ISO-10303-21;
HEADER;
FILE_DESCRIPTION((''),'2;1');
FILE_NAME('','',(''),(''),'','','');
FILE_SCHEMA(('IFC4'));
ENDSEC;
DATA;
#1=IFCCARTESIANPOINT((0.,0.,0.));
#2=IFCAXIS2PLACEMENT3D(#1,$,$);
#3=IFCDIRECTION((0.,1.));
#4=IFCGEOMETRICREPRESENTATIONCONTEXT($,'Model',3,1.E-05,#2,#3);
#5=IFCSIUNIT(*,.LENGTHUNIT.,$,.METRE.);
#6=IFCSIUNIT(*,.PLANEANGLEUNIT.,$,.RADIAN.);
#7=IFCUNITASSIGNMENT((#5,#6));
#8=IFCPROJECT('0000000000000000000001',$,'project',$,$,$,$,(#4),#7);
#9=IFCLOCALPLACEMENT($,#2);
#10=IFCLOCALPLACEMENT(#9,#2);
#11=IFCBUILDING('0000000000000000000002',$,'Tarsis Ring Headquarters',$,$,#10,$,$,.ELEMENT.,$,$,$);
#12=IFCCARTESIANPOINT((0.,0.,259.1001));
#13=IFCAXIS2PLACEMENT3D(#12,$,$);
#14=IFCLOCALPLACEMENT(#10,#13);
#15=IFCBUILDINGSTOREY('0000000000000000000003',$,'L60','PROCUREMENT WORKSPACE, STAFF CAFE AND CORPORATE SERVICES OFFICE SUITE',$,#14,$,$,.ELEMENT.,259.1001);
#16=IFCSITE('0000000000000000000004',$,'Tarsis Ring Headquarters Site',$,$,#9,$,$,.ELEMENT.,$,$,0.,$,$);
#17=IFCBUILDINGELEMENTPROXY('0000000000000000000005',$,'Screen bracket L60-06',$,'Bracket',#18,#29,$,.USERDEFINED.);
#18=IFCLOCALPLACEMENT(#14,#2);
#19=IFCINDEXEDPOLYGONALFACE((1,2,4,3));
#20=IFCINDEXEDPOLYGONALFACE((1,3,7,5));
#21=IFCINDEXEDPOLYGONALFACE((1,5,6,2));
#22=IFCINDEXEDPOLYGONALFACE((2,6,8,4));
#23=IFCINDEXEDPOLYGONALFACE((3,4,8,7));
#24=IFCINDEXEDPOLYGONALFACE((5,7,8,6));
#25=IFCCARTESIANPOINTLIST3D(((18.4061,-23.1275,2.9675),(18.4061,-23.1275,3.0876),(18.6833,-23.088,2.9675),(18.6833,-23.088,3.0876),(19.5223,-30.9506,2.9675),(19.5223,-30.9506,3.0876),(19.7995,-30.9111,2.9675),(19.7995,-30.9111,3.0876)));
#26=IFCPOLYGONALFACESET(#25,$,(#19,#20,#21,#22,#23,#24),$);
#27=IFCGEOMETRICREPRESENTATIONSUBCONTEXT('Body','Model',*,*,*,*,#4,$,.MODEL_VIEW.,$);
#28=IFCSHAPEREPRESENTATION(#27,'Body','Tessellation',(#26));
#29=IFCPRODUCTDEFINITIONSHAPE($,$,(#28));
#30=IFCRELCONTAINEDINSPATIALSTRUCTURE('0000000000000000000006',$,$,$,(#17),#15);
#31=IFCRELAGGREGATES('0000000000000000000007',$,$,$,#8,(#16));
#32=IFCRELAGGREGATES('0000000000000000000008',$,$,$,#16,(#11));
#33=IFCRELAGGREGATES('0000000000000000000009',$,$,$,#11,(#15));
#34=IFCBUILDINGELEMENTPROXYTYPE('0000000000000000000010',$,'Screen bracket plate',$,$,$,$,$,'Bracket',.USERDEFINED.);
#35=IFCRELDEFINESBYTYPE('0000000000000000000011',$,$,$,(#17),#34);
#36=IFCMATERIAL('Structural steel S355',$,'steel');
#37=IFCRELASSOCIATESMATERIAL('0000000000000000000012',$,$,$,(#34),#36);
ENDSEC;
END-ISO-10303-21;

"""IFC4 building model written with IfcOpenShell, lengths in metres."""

from ifc_helpers import new_model, si_unit, direction, frame, origin, origin_2d, place, context, subcontext, project, spatial, rectangle, extrude, material, type_object, element, save


model = new_model("IFC4")

# Units and contexts
model_context = context("Model", 3, precision=1e-05, world=origin(), true_north=direction((0.0, 1.0)))
body_context = subcontext(model_context, "Body", "Model", "MODEL_VIEW")
ifc_project = project(units=[si_unit("LENGTHUNIT", "METRE"), si_unit("PLANEANGLEUNIT", "RADIAN")], contexts=[model_context])

# Site, building, storey
site_placement = place(None, origin())
site = spatial("IfcSite", under=ifc_project, at=site_placement, Name="Tarsis Ring Headquarters Site", CompositionType="ELEMENT", RefElevation=0.0)
building_placement = place(site_placement, origin())
building = spatial("IfcBuilding", under=site, at=building_placement, Name="Tarsis Ring Headquarters", CompositionType="ELEMENT")
storey_placement = place(building_placement, frame((0.0, 0.0, 259.1001)))
storey = spatial("IfcBuildingStorey", under=building, at=storey_placement, Name="L60", Description="PROCUREMENT WORKSPACE, STAFF CAFE AND CORPORATE SERVICES OFFICE SUITE", CompositionType="ELEMENT", Elevation=259.1001)

# Shared definitions
ifc_material_1 = material(Name="Structural steel S355", Category="steel")

# Building element proxy
building_element_proxy_type = type_object("IfcBuildingElementProxyType", Name="Screen bracket plate", ElementType="Bracket", PredefinedType="USERDEFINED", material=ifc_material_1)
proxy_placement = place(storey_placement, frame((19.1028, -27.0193, 2.9675), z_axis=(0.0, 0.0, 1.0), x_axis=(-0.141247, 0.989974, 0.0)))
element("IfcBuildingElementProxy", 1, at=proxy_placement, inside=storey, type_object=building_element_proxy_type, Name="Screen bracket L60-06", ObjectType="Bracket", PredefinedType="USERDEFINED", context=body_context, shape_type="SweptSolid", body=[
    extrude(rectangle(XDim=7.9023, YDim=0.28, at=origin_2d()), origin(), (0.0, 0.0, 1.0), 0.1201),
])

save(model, "model.ifc")
